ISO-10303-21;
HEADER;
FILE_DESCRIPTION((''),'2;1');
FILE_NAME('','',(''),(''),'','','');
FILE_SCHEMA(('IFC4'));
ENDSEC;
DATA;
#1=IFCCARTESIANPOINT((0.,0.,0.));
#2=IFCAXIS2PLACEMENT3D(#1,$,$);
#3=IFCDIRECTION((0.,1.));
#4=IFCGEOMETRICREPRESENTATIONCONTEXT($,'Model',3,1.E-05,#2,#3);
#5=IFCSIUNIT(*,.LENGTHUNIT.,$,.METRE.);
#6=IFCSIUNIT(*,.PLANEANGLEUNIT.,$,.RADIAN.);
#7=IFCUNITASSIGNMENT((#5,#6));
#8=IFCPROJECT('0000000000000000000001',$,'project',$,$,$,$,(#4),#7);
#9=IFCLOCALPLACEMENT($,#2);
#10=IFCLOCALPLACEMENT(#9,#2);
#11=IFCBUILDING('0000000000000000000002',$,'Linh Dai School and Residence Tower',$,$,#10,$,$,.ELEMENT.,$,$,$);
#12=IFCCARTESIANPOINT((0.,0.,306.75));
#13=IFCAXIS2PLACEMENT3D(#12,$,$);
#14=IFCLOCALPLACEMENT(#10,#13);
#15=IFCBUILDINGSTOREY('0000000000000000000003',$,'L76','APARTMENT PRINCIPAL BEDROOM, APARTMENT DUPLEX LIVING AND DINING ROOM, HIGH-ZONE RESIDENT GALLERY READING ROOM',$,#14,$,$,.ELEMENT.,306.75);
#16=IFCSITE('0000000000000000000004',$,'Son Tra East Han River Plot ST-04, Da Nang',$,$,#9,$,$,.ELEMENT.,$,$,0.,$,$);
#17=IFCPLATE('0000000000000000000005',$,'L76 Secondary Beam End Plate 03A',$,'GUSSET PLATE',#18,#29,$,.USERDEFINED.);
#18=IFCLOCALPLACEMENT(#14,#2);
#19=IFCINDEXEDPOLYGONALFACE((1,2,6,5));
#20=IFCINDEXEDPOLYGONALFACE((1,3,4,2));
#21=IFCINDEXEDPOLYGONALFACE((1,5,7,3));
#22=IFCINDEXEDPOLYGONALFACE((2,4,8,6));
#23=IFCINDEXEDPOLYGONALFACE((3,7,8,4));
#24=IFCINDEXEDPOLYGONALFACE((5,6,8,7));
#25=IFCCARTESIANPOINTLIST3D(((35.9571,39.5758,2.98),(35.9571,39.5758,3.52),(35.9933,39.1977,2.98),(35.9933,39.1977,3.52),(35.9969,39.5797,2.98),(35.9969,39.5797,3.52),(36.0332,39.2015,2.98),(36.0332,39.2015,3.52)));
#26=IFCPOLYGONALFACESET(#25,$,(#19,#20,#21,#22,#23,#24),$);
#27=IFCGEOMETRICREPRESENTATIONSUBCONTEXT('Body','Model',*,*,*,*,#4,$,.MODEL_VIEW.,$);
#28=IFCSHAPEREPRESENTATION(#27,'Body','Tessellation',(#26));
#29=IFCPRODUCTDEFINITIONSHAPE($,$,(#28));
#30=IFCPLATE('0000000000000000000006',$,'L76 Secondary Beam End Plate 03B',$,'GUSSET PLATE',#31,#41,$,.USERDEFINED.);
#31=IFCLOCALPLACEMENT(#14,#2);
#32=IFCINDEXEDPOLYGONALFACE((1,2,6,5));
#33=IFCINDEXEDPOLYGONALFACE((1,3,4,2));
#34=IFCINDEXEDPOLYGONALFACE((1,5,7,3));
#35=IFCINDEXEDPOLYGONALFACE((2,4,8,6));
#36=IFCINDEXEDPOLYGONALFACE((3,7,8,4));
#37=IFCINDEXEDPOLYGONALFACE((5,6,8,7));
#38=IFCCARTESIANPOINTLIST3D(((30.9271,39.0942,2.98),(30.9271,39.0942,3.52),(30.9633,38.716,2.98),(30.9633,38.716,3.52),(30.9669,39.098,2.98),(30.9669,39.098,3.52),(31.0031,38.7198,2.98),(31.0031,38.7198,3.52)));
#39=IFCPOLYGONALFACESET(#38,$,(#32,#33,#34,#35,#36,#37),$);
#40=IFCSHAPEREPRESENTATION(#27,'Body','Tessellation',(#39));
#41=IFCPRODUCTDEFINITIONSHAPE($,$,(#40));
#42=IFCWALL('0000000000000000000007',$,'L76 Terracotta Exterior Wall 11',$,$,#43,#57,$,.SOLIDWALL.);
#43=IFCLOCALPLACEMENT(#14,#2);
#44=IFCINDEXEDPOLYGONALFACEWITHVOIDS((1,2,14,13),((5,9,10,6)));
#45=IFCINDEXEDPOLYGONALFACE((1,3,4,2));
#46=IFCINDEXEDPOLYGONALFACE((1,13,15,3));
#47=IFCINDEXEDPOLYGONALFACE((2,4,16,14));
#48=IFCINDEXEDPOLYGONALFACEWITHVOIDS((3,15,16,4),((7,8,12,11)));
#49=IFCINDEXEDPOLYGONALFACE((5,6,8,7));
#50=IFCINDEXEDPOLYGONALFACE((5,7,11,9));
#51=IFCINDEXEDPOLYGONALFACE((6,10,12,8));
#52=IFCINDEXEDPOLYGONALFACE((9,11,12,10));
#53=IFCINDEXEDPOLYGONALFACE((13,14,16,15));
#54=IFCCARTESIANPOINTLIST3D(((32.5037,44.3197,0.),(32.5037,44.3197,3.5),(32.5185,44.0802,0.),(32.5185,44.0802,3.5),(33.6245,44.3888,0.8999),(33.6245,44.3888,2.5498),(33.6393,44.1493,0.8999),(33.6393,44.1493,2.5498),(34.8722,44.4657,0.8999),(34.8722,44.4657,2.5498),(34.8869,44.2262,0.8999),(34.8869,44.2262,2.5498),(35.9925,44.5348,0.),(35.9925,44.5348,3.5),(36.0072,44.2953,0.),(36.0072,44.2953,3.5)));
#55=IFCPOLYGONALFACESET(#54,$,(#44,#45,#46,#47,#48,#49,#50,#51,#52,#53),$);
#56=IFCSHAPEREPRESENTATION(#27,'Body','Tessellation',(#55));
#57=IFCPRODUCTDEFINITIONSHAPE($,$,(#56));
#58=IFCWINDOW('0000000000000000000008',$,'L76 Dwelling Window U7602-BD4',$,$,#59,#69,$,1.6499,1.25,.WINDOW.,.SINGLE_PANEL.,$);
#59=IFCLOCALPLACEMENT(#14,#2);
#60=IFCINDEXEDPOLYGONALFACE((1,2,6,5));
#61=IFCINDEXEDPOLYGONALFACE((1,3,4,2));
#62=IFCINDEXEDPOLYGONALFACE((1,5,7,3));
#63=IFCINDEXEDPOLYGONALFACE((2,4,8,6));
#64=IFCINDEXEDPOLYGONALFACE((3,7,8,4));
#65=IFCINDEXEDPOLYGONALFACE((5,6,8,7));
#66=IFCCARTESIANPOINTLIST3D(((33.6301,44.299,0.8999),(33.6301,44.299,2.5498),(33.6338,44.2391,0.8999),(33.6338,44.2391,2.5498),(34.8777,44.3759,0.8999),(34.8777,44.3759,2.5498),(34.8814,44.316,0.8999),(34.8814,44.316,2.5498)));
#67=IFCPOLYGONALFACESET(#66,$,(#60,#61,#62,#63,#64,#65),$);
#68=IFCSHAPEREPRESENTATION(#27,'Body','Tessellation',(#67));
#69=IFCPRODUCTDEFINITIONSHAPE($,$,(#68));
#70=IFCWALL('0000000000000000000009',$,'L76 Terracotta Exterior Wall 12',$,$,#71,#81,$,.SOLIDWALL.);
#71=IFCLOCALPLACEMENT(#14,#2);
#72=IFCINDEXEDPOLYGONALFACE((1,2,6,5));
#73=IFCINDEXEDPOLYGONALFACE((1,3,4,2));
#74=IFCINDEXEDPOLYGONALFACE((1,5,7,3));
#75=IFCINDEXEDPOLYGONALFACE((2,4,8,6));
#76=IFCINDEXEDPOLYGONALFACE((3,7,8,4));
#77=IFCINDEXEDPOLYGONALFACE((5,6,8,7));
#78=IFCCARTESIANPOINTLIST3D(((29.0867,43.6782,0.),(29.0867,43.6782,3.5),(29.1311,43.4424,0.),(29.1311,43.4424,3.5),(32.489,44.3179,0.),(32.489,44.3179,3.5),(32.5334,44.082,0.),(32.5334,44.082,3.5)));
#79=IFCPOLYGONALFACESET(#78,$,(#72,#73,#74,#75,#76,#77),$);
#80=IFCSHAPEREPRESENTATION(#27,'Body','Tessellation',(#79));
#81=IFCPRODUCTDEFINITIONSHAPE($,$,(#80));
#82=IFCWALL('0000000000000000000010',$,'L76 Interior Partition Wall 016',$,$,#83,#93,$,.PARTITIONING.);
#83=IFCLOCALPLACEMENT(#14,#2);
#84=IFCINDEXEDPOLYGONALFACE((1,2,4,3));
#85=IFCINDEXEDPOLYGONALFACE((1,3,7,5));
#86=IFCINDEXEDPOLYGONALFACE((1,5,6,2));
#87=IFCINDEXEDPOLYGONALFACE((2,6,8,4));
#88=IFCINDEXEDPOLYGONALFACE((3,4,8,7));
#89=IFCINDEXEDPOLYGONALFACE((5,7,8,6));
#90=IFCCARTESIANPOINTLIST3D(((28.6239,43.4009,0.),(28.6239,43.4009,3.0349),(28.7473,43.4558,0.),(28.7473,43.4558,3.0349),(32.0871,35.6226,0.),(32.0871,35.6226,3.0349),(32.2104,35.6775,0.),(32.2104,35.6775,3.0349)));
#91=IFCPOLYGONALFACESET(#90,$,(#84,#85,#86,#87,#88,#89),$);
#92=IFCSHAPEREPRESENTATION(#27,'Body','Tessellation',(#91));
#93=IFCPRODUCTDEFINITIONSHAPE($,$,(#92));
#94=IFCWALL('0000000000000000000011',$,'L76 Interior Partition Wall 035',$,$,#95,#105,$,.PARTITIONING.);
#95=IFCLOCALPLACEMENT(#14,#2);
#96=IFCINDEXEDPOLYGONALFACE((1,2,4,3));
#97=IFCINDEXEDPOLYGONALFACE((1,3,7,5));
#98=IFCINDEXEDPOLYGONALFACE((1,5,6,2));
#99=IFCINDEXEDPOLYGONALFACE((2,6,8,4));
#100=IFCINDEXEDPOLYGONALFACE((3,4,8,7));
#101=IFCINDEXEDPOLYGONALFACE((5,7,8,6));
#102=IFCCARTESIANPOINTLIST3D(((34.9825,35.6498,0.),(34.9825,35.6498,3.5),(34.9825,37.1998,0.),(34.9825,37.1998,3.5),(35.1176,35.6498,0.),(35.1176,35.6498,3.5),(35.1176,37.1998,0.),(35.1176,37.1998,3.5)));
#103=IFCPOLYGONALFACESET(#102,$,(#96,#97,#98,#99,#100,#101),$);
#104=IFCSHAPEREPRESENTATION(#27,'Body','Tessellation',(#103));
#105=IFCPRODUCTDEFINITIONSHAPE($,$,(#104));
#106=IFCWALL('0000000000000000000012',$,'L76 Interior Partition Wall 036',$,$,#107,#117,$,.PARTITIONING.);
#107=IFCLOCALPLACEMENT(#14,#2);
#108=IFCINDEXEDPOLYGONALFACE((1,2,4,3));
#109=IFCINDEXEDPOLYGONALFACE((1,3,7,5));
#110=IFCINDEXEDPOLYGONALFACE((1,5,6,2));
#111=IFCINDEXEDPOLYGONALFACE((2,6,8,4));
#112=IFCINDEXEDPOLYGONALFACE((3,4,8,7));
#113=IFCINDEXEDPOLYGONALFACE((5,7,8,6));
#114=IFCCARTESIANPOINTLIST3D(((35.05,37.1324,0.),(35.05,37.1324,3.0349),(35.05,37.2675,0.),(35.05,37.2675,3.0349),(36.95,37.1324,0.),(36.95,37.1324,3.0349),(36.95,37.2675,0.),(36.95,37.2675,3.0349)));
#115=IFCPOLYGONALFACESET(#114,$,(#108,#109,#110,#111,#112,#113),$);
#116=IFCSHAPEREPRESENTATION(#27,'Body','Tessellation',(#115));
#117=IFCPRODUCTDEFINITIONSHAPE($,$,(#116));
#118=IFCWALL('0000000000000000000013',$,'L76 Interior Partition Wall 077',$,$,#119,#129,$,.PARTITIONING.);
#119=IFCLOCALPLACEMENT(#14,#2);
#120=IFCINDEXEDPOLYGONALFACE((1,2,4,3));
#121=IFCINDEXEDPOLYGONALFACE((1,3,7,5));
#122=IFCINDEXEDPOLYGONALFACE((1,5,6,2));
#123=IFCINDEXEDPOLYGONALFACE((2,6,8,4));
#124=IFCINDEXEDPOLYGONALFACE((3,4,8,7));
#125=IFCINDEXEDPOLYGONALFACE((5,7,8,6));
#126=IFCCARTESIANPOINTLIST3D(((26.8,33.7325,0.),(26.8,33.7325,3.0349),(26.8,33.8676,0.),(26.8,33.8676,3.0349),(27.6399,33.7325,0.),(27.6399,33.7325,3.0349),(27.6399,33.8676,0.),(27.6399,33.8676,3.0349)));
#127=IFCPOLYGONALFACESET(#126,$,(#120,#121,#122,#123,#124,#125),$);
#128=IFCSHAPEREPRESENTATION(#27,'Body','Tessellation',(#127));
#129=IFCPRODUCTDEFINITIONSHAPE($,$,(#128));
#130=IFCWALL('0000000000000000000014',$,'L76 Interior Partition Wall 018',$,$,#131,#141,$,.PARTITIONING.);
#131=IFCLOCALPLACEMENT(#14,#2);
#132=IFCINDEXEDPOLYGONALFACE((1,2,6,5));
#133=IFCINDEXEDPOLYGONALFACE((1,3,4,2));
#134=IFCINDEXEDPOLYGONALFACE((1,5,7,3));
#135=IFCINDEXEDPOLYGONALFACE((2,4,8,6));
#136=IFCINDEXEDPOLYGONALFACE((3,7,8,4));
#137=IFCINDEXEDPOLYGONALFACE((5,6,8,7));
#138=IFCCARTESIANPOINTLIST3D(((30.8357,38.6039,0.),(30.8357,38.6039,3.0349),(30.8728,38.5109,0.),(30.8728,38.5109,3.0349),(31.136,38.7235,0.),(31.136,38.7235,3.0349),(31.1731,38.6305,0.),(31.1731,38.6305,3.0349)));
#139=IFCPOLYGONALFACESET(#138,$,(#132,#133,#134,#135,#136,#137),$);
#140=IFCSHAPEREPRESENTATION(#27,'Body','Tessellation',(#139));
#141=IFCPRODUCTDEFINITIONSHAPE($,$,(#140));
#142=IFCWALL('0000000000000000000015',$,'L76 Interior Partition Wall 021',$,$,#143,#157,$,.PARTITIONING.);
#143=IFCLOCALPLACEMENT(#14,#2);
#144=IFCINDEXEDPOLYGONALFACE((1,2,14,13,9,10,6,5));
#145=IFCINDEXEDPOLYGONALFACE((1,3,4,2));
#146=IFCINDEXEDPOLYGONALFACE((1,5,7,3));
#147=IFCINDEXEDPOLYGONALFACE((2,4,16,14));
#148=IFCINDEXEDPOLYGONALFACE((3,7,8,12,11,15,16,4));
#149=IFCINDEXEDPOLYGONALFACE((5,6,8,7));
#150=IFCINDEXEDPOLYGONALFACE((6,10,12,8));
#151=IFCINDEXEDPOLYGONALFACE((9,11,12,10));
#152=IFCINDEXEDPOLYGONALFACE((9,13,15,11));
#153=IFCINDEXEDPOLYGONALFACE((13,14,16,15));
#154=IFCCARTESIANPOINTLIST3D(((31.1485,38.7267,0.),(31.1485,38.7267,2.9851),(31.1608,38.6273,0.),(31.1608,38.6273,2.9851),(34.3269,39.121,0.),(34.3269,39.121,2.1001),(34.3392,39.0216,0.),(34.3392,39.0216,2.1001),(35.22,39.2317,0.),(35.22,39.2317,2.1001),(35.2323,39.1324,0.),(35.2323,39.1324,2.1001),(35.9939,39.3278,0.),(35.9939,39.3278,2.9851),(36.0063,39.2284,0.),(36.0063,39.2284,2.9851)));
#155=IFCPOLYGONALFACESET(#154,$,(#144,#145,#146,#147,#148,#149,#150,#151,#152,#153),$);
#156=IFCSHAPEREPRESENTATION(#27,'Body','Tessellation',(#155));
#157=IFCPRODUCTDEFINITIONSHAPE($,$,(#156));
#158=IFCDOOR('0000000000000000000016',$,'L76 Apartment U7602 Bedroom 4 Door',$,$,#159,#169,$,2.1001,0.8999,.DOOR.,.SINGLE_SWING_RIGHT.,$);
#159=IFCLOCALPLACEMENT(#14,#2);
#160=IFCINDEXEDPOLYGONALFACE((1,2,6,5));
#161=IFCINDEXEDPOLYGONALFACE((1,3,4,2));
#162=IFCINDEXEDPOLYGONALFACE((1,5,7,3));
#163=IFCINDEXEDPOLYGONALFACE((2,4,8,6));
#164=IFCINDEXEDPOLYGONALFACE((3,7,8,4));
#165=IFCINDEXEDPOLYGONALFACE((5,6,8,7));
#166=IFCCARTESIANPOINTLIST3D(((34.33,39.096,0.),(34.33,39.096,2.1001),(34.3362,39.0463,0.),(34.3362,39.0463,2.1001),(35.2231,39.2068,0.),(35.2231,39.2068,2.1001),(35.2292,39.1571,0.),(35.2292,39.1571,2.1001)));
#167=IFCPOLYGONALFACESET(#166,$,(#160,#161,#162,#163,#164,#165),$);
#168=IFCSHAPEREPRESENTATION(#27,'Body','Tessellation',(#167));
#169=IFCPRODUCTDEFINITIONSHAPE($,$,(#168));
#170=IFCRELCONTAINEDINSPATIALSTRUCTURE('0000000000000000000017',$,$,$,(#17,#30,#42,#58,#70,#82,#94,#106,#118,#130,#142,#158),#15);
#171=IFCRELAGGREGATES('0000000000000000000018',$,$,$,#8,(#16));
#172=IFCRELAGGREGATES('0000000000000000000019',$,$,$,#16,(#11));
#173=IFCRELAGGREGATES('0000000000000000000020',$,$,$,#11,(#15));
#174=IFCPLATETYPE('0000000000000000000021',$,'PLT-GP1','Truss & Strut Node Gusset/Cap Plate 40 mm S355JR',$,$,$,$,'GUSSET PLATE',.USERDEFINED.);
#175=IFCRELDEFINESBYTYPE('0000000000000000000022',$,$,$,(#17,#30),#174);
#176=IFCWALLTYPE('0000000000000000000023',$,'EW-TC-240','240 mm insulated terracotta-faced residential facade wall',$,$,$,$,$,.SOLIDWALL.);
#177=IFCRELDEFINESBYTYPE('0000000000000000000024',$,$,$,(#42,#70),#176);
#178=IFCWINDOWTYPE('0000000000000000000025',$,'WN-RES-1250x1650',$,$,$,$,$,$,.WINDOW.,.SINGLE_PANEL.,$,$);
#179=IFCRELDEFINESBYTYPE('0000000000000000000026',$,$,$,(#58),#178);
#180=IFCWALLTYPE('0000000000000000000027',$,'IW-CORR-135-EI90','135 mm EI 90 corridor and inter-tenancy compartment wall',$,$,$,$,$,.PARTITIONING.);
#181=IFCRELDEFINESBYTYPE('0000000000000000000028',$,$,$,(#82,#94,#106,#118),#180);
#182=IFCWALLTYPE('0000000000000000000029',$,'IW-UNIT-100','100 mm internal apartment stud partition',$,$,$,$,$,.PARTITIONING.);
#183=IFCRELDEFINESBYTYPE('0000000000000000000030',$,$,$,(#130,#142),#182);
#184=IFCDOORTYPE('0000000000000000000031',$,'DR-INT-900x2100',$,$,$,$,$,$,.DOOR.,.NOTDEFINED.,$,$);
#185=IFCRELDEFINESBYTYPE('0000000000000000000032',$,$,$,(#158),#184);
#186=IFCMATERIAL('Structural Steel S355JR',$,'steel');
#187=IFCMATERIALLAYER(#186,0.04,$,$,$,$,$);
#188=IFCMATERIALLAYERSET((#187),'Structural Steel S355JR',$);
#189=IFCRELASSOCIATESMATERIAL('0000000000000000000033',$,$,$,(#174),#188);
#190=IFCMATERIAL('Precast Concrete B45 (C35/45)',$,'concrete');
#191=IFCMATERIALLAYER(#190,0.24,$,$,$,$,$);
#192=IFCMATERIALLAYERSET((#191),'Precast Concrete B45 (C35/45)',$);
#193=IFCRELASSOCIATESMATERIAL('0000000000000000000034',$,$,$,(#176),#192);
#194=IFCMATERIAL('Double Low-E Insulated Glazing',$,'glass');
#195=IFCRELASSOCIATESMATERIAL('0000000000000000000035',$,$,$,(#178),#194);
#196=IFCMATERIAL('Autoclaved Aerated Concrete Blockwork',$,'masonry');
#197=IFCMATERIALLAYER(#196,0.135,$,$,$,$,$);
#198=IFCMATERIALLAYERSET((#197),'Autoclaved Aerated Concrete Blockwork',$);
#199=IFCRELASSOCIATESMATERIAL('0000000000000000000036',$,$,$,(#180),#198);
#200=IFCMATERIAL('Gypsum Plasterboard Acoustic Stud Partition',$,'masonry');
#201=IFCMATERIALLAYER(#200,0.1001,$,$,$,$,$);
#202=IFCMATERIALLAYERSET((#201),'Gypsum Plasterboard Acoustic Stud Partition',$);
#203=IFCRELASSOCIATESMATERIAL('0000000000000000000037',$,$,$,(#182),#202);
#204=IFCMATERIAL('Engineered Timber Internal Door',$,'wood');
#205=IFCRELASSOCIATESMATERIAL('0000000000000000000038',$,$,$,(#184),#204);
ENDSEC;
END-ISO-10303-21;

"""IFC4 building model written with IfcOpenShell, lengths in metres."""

from ifc_helpers import new_model, si_unit, direction, frame, frame_2d, origin, origin_2d, place, context, subcontext, project, spatial, rectangle, extrude, source, transform, mapped, material, layer, layer_set, type_object, element, fill, save


model = new_model("IFC4")

# Units and contexts
model_context = context("Model", 3, precision=1e-05, world=origin(), true_north=direction((0.0, 1.0)))
body_context = subcontext(model_context, "Body", "Model", "MODEL_VIEW")
ifc_project = project(units=[si_unit("LENGTHUNIT", "METRE"), si_unit("PLANEANGLEUNIT", "RADIAN")], contexts=[model_context])

# Site, building, storey
site_placement = place(None, origin())
site = spatial("IfcSite", under=ifc_project, at=site_placement, Name="Son Tra East Han River Plot ST-04, Da Nang", CompositionType="ELEMENT", RefElevation=0.0)
building_placement = place(site_placement, origin())
building = spatial("IfcBuilding", under=site, at=building_placement, Name="Linh Dai School and Residence Tower", CompositionType="ELEMENT")
storey_placement = place(building_placement, frame((0.0, 0.0, 306.75)))
storey = spatial("IfcBuildingStorey", under=building, at=storey_placement, Name="L76", Description="APARTMENT PRINCIPAL BEDROOM, APARTMENT DUPLEX LIVING AND DINING ROOM, HIGH-ZONE RESIDENT GALLERY READING ROOM", CompositionType="ELEMENT", Elevation=306.75)

# Shared definitions
ifc_material_1 = material(Name="Structural Steel S355JR", Category="steel")

# Plates
ifc_layer_1 = layer(ifc_material_1, 0.04)
ifc_layer_set_1 = layer_set([ifc_layer_1], Name="Structural Steel S355JR")
plate_type = type_object("IfcPlateType", Name="PLT-GP1", Description="Truss & Strut Node Gusset/Cap Plate 40 mm S355JR", ElementType="GUSSET PLATE", PredefinedType="USERDEFINED", material=ifc_layer_set_1)
shared_shape_1 = source(origin(), body_context, "Body", "SweptSolid", [
    extrude(rectangle(XDim=0.04, YDim=0.3799, at=origin_2d()), origin(), (0.0, 0.0, 1.0), 0.54),
])
for number, where, z_axis, x_axis, name in (
    (1, (35.9951, 39.3887, 2.98), (0.0, 0.0, 1.0), (-0.995445, -0.095338, 0.0), "L76 Secondary Beam End Plate 03A"),
    (2, (30.9651, 38.907, 2.98), (0.0, 0.0, 1.0), (-0.995445, -0.095338, 0.0), "L76 Secondary Beam End Plate 03B"),
):
    element("IfcPlate", number, at=place(storey_placement, frame(where, z_axis=z_axis, x_axis=x_axis)), inside=storey, type_object=plate_type, Name=name, ObjectType="GUSSET PLATE", PredefinedType="USERDEFINED", context=body_context, shape_type="MappedRepresentation", body=[
        mapped(shared_shape_1, transform((0.0, 0.0, 0.0), x_axis=(1.0, 0.0, 0.0), y_axis=(0.0, 1.0, 0.0), z_axis=(0.0, 0.0, 1.0), scale=1.0)),
    ])

# Wall, opening, window
ifc_material_2 = material(Name="Precast Concrete B45 (C35/45)", Category="concrete")
ifc_layer_2 = layer(ifc_material_2, 0.24)
ifc_layer_set_2 = layer_set([ifc_layer_2], Name="Precast Concrete B45 (C35/45)")
wall_type_1 = type_object("IfcWallType", Name="EW-TC-240", Description="240 mm insulated terracotta-faced residential facade wall", PredefinedType="SOLIDWALL", material=ifc_layer_set_2)
wall_1_placement = place(storey_placement, frame((32.5112, 44.2, 0.0), z_axis=(0.0, 0.0, 1.0), x_axis=(0.998105, 0.061535, 0.0)))
wall_1 = element("IfcWall", 3, at=wall_1_placement, inside=storey, type_object=wall_type_1, Name="L76 Terracotta Exterior Wall 11", PredefinedType="SOLIDWALL", context=body_context, shape_type="SweptSolid", body=[
    extrude(rectangle(XDim=3.4954, YDim=0.24, at=frame_2d((1.7476, 0.0))), origin(), (0.0, 0.0, 1.0), 3.5),
])
opening_1_placement = place(wall_1_placement, frame((1.1228, 0.0, 0.8999)))
opening_1 = element("IfcOpeningElement", 4, at=opening_1_placement, cuts=wall_1, PredefinedType="OPENING", context=body_context, shape_type="SweptSolid", body=[
    extrude(rectangle(XDim=1.25, YDim=1.6499, at=origin_2d()), frame((0.625, 0.1299, 0.825), z_axis=(0.0, -1.0, 0.0), x_axis=(1.0, 0.0, 0.0)), (0.0, 0.0, 1.0), 0.26),
])
ifc_material_3 = material(Name="Double Low-E Insulated Glazing", Category="glass")
window_type = type_object("IfcWindowType", Name="WN-RES-1250x1650", PartitioningType="SINGLE_PANEL", PredefinedType="WINDOW", material=ifc_material_3)
shared_shape_2 = source(origin(), body_context, "Body", "SweptSolid", [
    extrude(rectangle(XDim=1.25, YDim=1.6499, at=origin_2d()), frame((0.625, 0.03, 0.825), z_axis=(0.0, -1.0, 0.0), x_axis=(1.0, 0.0, 0.0)), (0.0, 0.0, 1.0), 0.0601),
])
window_placement = place(opening_1_placement, origin())
window = element("IfcWindow", 5, at=window_placement, inside=storey, type_object=window_type, Name="L76 Dwelling Window U7602-BD4", OverallHeight=1.6499, OverallWidth=1.25, PartitioningType="SINGLE_PANEL", PredefinedType="WINDOW", context=body_context, shape_type="MappedRepresentation", body=[
    mapped(shared_shape_2, transform((0.0, 0.0, 0.0), x_axis=(1.0, 0.0, 0.0), y_axis=(0.0, 1.0, 0.0), z_axis=(0.0, 0.0, 1.0), scale=1.0)),
])
fill(opening_1, window)

# Walls
wall_2_placement = place(storey_placement, frame((29.1089, 43.5603, 0.0), z_axis=(0.0, 0.0, 1.0), x_axis=(0.982783, 0.184765, 0.0)))
element("IfcWall", 6, at=wall_2_placement, inside=storey, type_object=wall_type_1, Name="L76 Terracotta Exterior Wall 12", PredefinedType="SOLIDWALL", context=body_context, shape_type="SweptSolid", body=[
    extrude(rectangle(XDim=3.4619, YDim=0.24, at=frame_2d((1.731, 0.0))), origin(), (0.0, 0.0, 1.0), 3.5),
])
ifc_material_4 = material(Name="Autoclaved Aerated Concrete Blockwork", Category="masonry")
ifc_layer_3 = layer(ifc_material_4, 0.135)
ifc_layer_set_3 = layer_set([ifc_layer_3], Name="Autoclaved Aerated Concrete Blockwork")
wall_type_2 = type_object("IfcWallType", Name="IW-CORR-135-EI90", Description="135 mm EI 90 corridor and inter-tenancy compartment wall", PredefinedType="PARTITIONING", material=ifc_layer_set_3)
wall_3_placement = place(storey_placement, frame((28.6855, 43.4285, 0.0), z_axis=(0.0, 0.0, 1.0), x_axis=(0.406737, -0.913545, 0.0)))
element("IfcWall", 7, at=wall_3_placement, inside=storey, type_object=wall_type_2, Name="L76 Interior Partition Wall 016", PredefinedType="PARTITIONING", context=body_context, shape_type="SweptSolid", body=[
    extrude(rectangle(XDim=8.5144, YDim=0.135, at=frame_2d((4.2573, 0.0))), origin(), (0.0, 0.0, 1.0), 3.0349),
])
wall_4_placement = place(storey_placement, frame((35.05, 35.6499, 0.0), z_axis=(0.0, 0.0, 1.0), x_axis=(0.0, 1.0, 0.0)))
element("IfcWall", 8, at=wall_4_placement, inside=storey, type_object=wall_type_2, Name="L76 Interior Partition Wall 035", PredefinedType="PARTITIONING", context=body_context, shape_type="SweptSolid", body=[
    extrude(rectangle(XDim=1.55, YDim=0.135, at=frame_2d((0.7749, 0.0))), origin(), (0.0, 0.0, 1.0), 3.5),
])
wall_5_placement = place(storey_placement, frame((35.05, 37.2, 0.0), z_axis=(0.0, 0.0, 1.0), x_axis=(1.0, 0.0, 0.0)))
element("IfcWall", 9, at=wall_5_placement, inside=storey, type_object=wall_type_2, Name="L76 Interior Partition Wall 036", PredefinedType="PARTITIONING", context=body_context, shape_type="SweptSolid", body=[
    extrude(rectangle(XDim=1.8999, YDim=0.135, at=frame_2d((0.95, 0.0))), origin(), (0.0, 0.0, 1.0), 3.0349),
])
wall_6_placement = place(storey_placement, frame((27.6399, 33.8, 0.0), z_axis=(0.0, 0.0, 1.0), x_axis=(-1.0, 0.0, 0.0)))
element("IfcWall", 10, at=wall_6_placement, inside=storey, type_object=wall_type_2, Name="L76 Interior Partition Wall 077", PredefinedType="PARTITIONING", context=body_context, shape_type="SweptSolid", body=[
    extrude(rectangle(XDim=0.8398, YDim=0.135, at=frame_2d((0.4199, 0.0))), origin(), (0.0, 0.0, 1.0), 3.0349),
])
ifc_material_5 = material(Name="Gypsum Plasterboard Acoustic Stud Partition", Category="masonry")
ifc_layer_4 = layer(ifc_material_5, 0.1001)
ifc_layer_set_4 = layer_set([ifc_layer_4], Name="Gypsum Plasterboard Acoustic Stud Partition")
wall_type_3 = type_object("IfcWallType", Name="IW-UNIT-100", Description="100 mm internal apartment stud partition", PredefinedType="PARTITIONING", material=ifc_layer_set_4)
wall_7_placement = place(storey_placement, frame((30.8542, 38.5574, 0.0), z_axis=(0.0, 0.0, 1.0), x_axis=(0.928997, 0.370088, 0.0)))
element("IfcWall", 11, at=wall_7_placement, inside=storey, type_object=wall_type_3, Name="L76 Interior Partition Wall 018", PredefinedType="PARTITIONING", context=body_context, shape_type="SweptSolid", body=[
    extrude(rectangle(XDim=0.3232, YDim=0.1001, at=frame_2d((0.1616, 0.0))), origin(), (0.0, 0.0, 1.0), 3.0349),
])

# Wall, opening, door
wall_8_placement = place(storey_placement, frame((31.1545, 38.677, 0.0), z_axis=(0.0, 0.0, 1.0), x_axis=(0.992394, 0.123105, 0.0)))
wall_8 = element("IfcWall", 12, at=wall_8_placement, inside=storey, type_object=wall_type_3, Name="L76 Interior Partition Wall 021", PredefinedType="PARTITIONING", context=body_context, shape_type="SweptSolid", body=[
    extrude(rectangle(XDim=4.8826, YDim=0.1001, at=frame_2d((2.4414, 0.0))), origin(), (0.0, 0.0, 1.0), 2.9851),
])
opening_2_placement = place(wall_8_placement, frame((3.2029, 0.0, 0.0)))
opening_2 = element("IfcOpeningElement", 13, at=opening_2_placement, cuts=wall_8, PredefinedType="OPENING", context=body_context, shape_type="SweptSolid", body=[
    extrude(rectangle(XDim=0.8999, YDim=2.1001, at=origin_2d()), frame((0.45, 0.0601, 1.05), z_axis=(0.0, -1.0, 0.0), x_axis=(1.0, 0.0, 0.0)), (0.0, 0.0, 1.0), 0.1201),
])
ifc_material_6 = material(Name="Engineered Timber Internal Door", Category="wood")
door_type_1 = type_object("IfcDoorType", Name="DR-INT-900x2100", OperationType="NOTDEFINED", PredefinedType="DOOR", material=ifc_material_6)
shared_shape_3 = source(origin(), body_context, "Body", "SweptSolid", [
    extrude(rectangle(XDim=0.8999, YDim=2.1001, at=origin_2d()), frame((0.45, 0.0249, 1.05), z_axis=(0.0, -1.0, 0.0), x_axis=(1.0, 0.0, 0.0)), (0.0, 0.0, 1.0), 0.05),
])
door_1_placement = place(opening_2_placement, origin())
door_1 = element("IfcDoor", 14, at=door_1_placement, inside=storey, type_object=door_type_1, Name="L76 Apartment U7602 Bedroom 4 Door", OperationType="SINGLE_SWING_RIGHT", OverallHeight=2.1001, OverallWidth=0.8999, PredefinedType="DOOR", context=body_context, shape_type="MappedRepresentation", body=[
    mapped(shared_shape_3, transform((0.0, 0.0, 0.0), x_axis=(1.0, 0.0, 0.0), y_axis=(0.0, 1.0, 0.0), z_axis=(0.0, 0.0, 1.0), scale=1.0)),
])
fill(opening_2, door_1)

save(model, "model.ifc")
